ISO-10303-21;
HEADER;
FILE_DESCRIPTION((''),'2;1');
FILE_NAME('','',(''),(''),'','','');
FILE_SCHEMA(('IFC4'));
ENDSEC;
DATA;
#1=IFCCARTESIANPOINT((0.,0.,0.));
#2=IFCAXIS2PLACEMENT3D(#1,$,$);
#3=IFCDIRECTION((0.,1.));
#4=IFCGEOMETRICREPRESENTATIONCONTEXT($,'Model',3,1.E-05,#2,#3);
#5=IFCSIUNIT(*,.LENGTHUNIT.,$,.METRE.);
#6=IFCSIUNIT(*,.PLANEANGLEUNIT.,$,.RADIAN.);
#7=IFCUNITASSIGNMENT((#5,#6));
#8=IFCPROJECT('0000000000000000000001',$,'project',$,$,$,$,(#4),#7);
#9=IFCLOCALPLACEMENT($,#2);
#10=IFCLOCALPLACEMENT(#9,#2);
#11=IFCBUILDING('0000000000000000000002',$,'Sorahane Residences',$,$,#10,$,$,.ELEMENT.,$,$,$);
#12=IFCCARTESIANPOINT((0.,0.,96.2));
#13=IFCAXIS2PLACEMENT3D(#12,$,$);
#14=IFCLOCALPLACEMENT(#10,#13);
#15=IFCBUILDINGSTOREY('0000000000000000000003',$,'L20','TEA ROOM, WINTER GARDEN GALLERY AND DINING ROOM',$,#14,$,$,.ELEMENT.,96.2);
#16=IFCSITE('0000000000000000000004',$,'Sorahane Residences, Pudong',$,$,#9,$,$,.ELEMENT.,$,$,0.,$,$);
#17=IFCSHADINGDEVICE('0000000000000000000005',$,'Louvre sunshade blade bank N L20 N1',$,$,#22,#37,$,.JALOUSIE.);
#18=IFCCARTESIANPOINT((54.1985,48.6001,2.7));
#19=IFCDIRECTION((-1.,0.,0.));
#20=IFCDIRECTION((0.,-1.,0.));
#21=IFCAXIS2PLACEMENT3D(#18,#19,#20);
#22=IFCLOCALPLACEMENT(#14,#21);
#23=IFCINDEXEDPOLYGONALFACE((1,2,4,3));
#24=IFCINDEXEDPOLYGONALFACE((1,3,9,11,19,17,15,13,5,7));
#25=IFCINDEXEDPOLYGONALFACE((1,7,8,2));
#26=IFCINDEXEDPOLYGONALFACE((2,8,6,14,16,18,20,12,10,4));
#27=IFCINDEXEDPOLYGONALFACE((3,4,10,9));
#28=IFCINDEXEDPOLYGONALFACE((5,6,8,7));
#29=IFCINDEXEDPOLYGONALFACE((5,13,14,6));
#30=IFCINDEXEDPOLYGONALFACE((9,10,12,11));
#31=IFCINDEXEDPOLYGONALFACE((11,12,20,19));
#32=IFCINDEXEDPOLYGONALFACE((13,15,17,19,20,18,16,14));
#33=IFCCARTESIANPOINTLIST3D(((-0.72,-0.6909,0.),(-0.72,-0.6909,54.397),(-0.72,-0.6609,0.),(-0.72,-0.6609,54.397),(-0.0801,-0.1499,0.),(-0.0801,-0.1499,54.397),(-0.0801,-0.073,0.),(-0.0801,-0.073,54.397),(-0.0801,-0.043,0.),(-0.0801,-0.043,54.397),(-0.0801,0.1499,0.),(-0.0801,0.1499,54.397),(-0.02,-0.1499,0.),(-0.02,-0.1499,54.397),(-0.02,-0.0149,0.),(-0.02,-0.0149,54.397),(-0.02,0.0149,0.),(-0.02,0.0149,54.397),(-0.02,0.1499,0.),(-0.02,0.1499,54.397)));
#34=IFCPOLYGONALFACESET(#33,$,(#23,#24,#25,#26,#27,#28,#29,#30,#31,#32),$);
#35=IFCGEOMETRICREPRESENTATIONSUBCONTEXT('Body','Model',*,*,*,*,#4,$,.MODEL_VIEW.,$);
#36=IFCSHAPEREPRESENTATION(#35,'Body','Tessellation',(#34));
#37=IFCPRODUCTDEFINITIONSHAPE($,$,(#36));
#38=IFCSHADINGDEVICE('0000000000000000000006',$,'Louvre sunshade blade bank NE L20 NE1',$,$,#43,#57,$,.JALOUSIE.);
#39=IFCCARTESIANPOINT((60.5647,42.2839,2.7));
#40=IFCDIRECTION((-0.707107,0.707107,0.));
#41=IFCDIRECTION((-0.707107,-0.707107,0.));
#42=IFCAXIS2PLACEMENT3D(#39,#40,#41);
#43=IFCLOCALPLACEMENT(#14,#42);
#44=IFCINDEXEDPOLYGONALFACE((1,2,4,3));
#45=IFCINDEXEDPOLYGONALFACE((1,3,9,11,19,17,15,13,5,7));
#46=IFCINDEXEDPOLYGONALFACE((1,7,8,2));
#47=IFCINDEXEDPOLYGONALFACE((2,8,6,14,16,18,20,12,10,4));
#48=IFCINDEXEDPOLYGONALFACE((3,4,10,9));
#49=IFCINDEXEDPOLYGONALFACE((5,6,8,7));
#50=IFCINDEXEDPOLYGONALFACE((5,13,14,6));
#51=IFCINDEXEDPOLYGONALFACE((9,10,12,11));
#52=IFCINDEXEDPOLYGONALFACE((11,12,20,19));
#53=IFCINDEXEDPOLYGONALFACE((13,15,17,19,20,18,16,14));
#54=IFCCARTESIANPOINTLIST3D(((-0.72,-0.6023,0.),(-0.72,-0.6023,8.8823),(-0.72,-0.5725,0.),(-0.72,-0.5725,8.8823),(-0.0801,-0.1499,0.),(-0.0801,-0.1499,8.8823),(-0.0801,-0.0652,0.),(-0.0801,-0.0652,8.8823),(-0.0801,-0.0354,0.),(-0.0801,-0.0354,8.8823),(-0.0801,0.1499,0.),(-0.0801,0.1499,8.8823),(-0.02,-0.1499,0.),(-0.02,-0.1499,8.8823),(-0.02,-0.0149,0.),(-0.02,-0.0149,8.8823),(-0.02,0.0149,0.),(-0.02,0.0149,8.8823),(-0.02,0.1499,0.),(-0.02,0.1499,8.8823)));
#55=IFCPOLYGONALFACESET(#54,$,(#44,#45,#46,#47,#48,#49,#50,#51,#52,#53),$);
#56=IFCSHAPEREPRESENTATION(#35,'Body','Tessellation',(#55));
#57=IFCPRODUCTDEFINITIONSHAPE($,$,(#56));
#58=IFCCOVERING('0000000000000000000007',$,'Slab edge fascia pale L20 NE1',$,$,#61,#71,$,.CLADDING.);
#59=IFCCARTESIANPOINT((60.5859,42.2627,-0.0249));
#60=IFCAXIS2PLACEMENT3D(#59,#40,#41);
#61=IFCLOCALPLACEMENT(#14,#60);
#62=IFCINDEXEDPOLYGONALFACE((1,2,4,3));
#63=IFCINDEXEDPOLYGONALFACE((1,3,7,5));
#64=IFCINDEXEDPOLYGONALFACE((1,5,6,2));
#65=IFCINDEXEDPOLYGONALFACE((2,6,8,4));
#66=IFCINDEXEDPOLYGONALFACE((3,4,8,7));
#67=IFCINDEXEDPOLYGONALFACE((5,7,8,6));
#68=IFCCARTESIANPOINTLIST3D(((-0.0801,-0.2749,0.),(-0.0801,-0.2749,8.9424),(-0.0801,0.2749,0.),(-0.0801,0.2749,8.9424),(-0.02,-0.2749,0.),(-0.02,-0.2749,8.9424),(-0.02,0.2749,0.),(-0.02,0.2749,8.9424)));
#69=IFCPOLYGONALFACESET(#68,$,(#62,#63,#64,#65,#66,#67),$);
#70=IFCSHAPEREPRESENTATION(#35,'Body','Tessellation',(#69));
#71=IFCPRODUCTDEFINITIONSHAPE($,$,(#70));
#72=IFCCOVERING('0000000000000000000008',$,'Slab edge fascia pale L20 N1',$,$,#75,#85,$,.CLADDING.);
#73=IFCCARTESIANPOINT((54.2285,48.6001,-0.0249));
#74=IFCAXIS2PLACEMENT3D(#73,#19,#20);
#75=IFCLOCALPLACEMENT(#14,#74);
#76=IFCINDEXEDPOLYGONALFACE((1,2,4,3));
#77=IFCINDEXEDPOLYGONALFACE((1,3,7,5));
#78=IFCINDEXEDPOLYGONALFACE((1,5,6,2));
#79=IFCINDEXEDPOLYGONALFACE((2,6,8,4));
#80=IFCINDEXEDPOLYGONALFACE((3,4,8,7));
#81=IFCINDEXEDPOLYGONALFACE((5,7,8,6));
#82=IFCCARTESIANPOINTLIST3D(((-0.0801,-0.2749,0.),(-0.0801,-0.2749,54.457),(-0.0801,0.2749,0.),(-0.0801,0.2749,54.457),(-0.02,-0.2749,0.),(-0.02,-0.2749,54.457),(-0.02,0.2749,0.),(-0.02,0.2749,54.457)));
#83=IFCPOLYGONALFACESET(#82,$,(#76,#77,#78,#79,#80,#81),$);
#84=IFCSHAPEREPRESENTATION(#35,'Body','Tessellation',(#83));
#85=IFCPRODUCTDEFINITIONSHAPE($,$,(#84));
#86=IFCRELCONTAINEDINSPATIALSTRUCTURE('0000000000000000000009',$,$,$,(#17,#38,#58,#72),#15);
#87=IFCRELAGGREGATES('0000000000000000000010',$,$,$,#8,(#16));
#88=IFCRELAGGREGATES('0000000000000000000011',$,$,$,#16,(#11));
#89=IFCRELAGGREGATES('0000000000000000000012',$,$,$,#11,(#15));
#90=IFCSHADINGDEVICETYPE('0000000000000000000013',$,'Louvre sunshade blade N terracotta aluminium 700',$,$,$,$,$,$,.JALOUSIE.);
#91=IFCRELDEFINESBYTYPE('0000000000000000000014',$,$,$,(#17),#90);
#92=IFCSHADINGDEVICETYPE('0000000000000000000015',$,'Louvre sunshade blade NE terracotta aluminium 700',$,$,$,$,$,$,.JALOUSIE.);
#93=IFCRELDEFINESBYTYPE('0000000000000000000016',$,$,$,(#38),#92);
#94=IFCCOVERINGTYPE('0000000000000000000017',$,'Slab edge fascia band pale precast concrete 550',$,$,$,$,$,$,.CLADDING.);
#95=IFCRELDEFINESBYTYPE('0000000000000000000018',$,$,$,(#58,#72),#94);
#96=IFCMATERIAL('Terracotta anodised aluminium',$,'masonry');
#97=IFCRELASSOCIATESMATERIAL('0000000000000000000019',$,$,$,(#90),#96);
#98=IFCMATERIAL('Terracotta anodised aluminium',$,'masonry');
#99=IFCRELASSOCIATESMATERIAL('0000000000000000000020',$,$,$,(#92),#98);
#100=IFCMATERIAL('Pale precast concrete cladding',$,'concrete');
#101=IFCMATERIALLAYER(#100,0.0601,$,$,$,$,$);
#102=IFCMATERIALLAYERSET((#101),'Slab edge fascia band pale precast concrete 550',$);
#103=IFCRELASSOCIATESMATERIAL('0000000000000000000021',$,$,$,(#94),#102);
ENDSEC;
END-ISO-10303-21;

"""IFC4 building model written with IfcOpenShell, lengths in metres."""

from ifc_helpers import new_model, si_unit, direction, frame, origin, place, context, subcontext, project, spatial, polyline, outline, extrude, material, layer, layer_set, type_object, element, save


model = new_model("IFC4")

# Units and contexts
model_context = context("Model", 3, precision=1e-05, world=origin(), true_north=direction((0.0, 1.0)))
body_context = subcontext(model_context, "Body", "Model", "MODEL_VIEW")
ifc_project = project(units=[si_unit("LENGTHUNIT", "METRE"), si_unit("PLANEANGLEUNIT", "RADIAN")], contexts=[model_context])

# Site, building, storey
site_placement = place(None, origin())
site = spatial("IfcSite", under=ifc_project, at=site_placement, Name="Sorahane Residences, Pudong", CompositionType="ELEMENT", RefElevation=0.0)
building_placement = place(site_placement, origin())
building = spatial("IfcBuilding", under=site, at=building_placement, Name="Sorahane Residences", CompositionType="ELEMENT")
storey_placement = place(building_placement, frame((0.0, 0.0, 96.2)))
storey = spatial("IfcBuildingStorey", under=building, at=storey_placement, Name="L20", Description="TEA ROOM, WINTER GARDEN GALLERY AND DINING ROOM", CompositionType="ELEMENT", Elevation=96.2)

# Shading devices
ifc_material_1 = material(Name="Terracotta anodised aluminium", Category="masonry")
shading_device_type_1 = type_object("IfcShadingDeviceType", Name="Louvre sunshade blade N terracotta aluminium 700", PredefinedType="JALOUSIE", material=ifc_material_1)
shading_device_1_placement = place(storey_placement, frame((54.1985, 48.6001, 2.7), z_axis=(-1.0, 0.0, 0.0), x_axis=(0.0, -1.0, 0.0)))
element("IfcShadingDevice", 1, at=shading_device_1_placement, inside=storey, type_object=shading_device_type_1, Name="Louvre sunshade blade bank N L20 N1", PredefinedType="JALOUSIE", context=body_context, shape_type="SweptSolid", body=[
    extrude(outline(polyline([(-0.72, -0.6609), (-0.72, -0.6909), (-0.0801, -0.073), (-0.0801, -0.1499), (-0.02, -0.1499), (-0.02, -0.0149), (-0.02, 0.0149), (-0.02, 0.1499), (-0.0801, 0.1499), (-0.0801, -0.043), (-0.72, -0.6609)])), origin(), (0.0, 0.0, 1.0), 54.397),
])
ifc_material_2 = material(Name="Terracotta anodised aluminium", Category="masonry")
shading_device_type_2 = type_object("IfcShadingDeviceType", Name="Louvre sunshade blade NE terracotta aluminium 700", PredefinedType="JALOUSIE", material=ifc_material_2)
shading_device_2_placement = place(storey_placement, frame((60.5647, 42.2839, 2.7), z_axis=(-0.707107, 0.707107, 0.0), x_axis=(-0.707107, -0.707107, 0.0)))
element("IfcShadingDevice", 2, at=shading_device_2_placement, inside=storey, type_object=shading_device_type_2, Name="Louvre sunshade blade bank NE L20 NE1", PredefinedType="JALOUSIE", context=body_context, shape_type="SweptSolid", body=[
    extrude(outline(polyline([(-0.72, -0.5725), (-0.72, -0.6023), (-0.0801, -0.0652), (-0.0801, -0.1499), (-0.02, -0.1499), (-0.02, -0.0149), (-0.02, 0.0149), (-0.02, 0.1499), (-0.0801, 0.1499), (-0.0801, -0.0354), (-0.72, -0.5725)])), origin(), (0.0, 0.0, 1.0), 8.8823),
])

# Coverings
ifc_material_3 = material(Name="Pale precast concrete cladding", Category="concrete")
ifc_layer_1 = layer(ifc_material_3, 0.0601)
ifc_layer_set_1 = layer_set([ifc_layer_1], Name="Slab edge fascia band pale precast concrete 550")
covering_type = type_object("IfcCoveringType", Name="Slab edge fascia band pale precast concrete 550", PredefinedType="CLADDING", material=ifc_layer_set_1)
covering_1_placement = place(storey_placement, frame((60.5859, 42.2627, -0.0249), z_axis=(-0.707107, 0.707107, 0.0), x_axis=(-0.707107, -0.707107, 0.0)))
element("IfcCovering", 3, at=covering_1_placement, inside=storey, type_object=covering_type, Name="Slab edge fascia pale L20 NE1", PredefinedType="CLADDING", context=body_context, shape_type="SweptSolid", body=[
    extrude(outline(polyline([(-0.02, 0.2749), (-0.0801, 0.2749), (-0.0801, -0.2749), (-0.02, -0.2749), (-0.02, 0.2749)])), origin(), (0.0, 0.0, 1.0), 8.9424),
])
covering_2_placement = place(storey_placement, frame((54.2285, 48.6001, -0.0249), z_axis=(-1.0, 0.0, 0.0), x_axis=(0.0, -1.0, 0.0)))
element("IfcCovering", 4, at=covering_2_placement, inside=storey, type_object=covering_type, Name="Slab edge fascia pale L20 N1", PredefinedType="CLADDING", context=body_context, shape_type="SweptSolid", body=[
    extrude(outline(polyline([(-0.02, 0.2749), (-0.0801, 0.2749), (-0.0801, -0.2749), (-0.02, -0.2749), (-0.02, 0.2749)])), origin(), (0.0, 0.0, 1.0), 54.457),
])

save(model, "model.ifc")
